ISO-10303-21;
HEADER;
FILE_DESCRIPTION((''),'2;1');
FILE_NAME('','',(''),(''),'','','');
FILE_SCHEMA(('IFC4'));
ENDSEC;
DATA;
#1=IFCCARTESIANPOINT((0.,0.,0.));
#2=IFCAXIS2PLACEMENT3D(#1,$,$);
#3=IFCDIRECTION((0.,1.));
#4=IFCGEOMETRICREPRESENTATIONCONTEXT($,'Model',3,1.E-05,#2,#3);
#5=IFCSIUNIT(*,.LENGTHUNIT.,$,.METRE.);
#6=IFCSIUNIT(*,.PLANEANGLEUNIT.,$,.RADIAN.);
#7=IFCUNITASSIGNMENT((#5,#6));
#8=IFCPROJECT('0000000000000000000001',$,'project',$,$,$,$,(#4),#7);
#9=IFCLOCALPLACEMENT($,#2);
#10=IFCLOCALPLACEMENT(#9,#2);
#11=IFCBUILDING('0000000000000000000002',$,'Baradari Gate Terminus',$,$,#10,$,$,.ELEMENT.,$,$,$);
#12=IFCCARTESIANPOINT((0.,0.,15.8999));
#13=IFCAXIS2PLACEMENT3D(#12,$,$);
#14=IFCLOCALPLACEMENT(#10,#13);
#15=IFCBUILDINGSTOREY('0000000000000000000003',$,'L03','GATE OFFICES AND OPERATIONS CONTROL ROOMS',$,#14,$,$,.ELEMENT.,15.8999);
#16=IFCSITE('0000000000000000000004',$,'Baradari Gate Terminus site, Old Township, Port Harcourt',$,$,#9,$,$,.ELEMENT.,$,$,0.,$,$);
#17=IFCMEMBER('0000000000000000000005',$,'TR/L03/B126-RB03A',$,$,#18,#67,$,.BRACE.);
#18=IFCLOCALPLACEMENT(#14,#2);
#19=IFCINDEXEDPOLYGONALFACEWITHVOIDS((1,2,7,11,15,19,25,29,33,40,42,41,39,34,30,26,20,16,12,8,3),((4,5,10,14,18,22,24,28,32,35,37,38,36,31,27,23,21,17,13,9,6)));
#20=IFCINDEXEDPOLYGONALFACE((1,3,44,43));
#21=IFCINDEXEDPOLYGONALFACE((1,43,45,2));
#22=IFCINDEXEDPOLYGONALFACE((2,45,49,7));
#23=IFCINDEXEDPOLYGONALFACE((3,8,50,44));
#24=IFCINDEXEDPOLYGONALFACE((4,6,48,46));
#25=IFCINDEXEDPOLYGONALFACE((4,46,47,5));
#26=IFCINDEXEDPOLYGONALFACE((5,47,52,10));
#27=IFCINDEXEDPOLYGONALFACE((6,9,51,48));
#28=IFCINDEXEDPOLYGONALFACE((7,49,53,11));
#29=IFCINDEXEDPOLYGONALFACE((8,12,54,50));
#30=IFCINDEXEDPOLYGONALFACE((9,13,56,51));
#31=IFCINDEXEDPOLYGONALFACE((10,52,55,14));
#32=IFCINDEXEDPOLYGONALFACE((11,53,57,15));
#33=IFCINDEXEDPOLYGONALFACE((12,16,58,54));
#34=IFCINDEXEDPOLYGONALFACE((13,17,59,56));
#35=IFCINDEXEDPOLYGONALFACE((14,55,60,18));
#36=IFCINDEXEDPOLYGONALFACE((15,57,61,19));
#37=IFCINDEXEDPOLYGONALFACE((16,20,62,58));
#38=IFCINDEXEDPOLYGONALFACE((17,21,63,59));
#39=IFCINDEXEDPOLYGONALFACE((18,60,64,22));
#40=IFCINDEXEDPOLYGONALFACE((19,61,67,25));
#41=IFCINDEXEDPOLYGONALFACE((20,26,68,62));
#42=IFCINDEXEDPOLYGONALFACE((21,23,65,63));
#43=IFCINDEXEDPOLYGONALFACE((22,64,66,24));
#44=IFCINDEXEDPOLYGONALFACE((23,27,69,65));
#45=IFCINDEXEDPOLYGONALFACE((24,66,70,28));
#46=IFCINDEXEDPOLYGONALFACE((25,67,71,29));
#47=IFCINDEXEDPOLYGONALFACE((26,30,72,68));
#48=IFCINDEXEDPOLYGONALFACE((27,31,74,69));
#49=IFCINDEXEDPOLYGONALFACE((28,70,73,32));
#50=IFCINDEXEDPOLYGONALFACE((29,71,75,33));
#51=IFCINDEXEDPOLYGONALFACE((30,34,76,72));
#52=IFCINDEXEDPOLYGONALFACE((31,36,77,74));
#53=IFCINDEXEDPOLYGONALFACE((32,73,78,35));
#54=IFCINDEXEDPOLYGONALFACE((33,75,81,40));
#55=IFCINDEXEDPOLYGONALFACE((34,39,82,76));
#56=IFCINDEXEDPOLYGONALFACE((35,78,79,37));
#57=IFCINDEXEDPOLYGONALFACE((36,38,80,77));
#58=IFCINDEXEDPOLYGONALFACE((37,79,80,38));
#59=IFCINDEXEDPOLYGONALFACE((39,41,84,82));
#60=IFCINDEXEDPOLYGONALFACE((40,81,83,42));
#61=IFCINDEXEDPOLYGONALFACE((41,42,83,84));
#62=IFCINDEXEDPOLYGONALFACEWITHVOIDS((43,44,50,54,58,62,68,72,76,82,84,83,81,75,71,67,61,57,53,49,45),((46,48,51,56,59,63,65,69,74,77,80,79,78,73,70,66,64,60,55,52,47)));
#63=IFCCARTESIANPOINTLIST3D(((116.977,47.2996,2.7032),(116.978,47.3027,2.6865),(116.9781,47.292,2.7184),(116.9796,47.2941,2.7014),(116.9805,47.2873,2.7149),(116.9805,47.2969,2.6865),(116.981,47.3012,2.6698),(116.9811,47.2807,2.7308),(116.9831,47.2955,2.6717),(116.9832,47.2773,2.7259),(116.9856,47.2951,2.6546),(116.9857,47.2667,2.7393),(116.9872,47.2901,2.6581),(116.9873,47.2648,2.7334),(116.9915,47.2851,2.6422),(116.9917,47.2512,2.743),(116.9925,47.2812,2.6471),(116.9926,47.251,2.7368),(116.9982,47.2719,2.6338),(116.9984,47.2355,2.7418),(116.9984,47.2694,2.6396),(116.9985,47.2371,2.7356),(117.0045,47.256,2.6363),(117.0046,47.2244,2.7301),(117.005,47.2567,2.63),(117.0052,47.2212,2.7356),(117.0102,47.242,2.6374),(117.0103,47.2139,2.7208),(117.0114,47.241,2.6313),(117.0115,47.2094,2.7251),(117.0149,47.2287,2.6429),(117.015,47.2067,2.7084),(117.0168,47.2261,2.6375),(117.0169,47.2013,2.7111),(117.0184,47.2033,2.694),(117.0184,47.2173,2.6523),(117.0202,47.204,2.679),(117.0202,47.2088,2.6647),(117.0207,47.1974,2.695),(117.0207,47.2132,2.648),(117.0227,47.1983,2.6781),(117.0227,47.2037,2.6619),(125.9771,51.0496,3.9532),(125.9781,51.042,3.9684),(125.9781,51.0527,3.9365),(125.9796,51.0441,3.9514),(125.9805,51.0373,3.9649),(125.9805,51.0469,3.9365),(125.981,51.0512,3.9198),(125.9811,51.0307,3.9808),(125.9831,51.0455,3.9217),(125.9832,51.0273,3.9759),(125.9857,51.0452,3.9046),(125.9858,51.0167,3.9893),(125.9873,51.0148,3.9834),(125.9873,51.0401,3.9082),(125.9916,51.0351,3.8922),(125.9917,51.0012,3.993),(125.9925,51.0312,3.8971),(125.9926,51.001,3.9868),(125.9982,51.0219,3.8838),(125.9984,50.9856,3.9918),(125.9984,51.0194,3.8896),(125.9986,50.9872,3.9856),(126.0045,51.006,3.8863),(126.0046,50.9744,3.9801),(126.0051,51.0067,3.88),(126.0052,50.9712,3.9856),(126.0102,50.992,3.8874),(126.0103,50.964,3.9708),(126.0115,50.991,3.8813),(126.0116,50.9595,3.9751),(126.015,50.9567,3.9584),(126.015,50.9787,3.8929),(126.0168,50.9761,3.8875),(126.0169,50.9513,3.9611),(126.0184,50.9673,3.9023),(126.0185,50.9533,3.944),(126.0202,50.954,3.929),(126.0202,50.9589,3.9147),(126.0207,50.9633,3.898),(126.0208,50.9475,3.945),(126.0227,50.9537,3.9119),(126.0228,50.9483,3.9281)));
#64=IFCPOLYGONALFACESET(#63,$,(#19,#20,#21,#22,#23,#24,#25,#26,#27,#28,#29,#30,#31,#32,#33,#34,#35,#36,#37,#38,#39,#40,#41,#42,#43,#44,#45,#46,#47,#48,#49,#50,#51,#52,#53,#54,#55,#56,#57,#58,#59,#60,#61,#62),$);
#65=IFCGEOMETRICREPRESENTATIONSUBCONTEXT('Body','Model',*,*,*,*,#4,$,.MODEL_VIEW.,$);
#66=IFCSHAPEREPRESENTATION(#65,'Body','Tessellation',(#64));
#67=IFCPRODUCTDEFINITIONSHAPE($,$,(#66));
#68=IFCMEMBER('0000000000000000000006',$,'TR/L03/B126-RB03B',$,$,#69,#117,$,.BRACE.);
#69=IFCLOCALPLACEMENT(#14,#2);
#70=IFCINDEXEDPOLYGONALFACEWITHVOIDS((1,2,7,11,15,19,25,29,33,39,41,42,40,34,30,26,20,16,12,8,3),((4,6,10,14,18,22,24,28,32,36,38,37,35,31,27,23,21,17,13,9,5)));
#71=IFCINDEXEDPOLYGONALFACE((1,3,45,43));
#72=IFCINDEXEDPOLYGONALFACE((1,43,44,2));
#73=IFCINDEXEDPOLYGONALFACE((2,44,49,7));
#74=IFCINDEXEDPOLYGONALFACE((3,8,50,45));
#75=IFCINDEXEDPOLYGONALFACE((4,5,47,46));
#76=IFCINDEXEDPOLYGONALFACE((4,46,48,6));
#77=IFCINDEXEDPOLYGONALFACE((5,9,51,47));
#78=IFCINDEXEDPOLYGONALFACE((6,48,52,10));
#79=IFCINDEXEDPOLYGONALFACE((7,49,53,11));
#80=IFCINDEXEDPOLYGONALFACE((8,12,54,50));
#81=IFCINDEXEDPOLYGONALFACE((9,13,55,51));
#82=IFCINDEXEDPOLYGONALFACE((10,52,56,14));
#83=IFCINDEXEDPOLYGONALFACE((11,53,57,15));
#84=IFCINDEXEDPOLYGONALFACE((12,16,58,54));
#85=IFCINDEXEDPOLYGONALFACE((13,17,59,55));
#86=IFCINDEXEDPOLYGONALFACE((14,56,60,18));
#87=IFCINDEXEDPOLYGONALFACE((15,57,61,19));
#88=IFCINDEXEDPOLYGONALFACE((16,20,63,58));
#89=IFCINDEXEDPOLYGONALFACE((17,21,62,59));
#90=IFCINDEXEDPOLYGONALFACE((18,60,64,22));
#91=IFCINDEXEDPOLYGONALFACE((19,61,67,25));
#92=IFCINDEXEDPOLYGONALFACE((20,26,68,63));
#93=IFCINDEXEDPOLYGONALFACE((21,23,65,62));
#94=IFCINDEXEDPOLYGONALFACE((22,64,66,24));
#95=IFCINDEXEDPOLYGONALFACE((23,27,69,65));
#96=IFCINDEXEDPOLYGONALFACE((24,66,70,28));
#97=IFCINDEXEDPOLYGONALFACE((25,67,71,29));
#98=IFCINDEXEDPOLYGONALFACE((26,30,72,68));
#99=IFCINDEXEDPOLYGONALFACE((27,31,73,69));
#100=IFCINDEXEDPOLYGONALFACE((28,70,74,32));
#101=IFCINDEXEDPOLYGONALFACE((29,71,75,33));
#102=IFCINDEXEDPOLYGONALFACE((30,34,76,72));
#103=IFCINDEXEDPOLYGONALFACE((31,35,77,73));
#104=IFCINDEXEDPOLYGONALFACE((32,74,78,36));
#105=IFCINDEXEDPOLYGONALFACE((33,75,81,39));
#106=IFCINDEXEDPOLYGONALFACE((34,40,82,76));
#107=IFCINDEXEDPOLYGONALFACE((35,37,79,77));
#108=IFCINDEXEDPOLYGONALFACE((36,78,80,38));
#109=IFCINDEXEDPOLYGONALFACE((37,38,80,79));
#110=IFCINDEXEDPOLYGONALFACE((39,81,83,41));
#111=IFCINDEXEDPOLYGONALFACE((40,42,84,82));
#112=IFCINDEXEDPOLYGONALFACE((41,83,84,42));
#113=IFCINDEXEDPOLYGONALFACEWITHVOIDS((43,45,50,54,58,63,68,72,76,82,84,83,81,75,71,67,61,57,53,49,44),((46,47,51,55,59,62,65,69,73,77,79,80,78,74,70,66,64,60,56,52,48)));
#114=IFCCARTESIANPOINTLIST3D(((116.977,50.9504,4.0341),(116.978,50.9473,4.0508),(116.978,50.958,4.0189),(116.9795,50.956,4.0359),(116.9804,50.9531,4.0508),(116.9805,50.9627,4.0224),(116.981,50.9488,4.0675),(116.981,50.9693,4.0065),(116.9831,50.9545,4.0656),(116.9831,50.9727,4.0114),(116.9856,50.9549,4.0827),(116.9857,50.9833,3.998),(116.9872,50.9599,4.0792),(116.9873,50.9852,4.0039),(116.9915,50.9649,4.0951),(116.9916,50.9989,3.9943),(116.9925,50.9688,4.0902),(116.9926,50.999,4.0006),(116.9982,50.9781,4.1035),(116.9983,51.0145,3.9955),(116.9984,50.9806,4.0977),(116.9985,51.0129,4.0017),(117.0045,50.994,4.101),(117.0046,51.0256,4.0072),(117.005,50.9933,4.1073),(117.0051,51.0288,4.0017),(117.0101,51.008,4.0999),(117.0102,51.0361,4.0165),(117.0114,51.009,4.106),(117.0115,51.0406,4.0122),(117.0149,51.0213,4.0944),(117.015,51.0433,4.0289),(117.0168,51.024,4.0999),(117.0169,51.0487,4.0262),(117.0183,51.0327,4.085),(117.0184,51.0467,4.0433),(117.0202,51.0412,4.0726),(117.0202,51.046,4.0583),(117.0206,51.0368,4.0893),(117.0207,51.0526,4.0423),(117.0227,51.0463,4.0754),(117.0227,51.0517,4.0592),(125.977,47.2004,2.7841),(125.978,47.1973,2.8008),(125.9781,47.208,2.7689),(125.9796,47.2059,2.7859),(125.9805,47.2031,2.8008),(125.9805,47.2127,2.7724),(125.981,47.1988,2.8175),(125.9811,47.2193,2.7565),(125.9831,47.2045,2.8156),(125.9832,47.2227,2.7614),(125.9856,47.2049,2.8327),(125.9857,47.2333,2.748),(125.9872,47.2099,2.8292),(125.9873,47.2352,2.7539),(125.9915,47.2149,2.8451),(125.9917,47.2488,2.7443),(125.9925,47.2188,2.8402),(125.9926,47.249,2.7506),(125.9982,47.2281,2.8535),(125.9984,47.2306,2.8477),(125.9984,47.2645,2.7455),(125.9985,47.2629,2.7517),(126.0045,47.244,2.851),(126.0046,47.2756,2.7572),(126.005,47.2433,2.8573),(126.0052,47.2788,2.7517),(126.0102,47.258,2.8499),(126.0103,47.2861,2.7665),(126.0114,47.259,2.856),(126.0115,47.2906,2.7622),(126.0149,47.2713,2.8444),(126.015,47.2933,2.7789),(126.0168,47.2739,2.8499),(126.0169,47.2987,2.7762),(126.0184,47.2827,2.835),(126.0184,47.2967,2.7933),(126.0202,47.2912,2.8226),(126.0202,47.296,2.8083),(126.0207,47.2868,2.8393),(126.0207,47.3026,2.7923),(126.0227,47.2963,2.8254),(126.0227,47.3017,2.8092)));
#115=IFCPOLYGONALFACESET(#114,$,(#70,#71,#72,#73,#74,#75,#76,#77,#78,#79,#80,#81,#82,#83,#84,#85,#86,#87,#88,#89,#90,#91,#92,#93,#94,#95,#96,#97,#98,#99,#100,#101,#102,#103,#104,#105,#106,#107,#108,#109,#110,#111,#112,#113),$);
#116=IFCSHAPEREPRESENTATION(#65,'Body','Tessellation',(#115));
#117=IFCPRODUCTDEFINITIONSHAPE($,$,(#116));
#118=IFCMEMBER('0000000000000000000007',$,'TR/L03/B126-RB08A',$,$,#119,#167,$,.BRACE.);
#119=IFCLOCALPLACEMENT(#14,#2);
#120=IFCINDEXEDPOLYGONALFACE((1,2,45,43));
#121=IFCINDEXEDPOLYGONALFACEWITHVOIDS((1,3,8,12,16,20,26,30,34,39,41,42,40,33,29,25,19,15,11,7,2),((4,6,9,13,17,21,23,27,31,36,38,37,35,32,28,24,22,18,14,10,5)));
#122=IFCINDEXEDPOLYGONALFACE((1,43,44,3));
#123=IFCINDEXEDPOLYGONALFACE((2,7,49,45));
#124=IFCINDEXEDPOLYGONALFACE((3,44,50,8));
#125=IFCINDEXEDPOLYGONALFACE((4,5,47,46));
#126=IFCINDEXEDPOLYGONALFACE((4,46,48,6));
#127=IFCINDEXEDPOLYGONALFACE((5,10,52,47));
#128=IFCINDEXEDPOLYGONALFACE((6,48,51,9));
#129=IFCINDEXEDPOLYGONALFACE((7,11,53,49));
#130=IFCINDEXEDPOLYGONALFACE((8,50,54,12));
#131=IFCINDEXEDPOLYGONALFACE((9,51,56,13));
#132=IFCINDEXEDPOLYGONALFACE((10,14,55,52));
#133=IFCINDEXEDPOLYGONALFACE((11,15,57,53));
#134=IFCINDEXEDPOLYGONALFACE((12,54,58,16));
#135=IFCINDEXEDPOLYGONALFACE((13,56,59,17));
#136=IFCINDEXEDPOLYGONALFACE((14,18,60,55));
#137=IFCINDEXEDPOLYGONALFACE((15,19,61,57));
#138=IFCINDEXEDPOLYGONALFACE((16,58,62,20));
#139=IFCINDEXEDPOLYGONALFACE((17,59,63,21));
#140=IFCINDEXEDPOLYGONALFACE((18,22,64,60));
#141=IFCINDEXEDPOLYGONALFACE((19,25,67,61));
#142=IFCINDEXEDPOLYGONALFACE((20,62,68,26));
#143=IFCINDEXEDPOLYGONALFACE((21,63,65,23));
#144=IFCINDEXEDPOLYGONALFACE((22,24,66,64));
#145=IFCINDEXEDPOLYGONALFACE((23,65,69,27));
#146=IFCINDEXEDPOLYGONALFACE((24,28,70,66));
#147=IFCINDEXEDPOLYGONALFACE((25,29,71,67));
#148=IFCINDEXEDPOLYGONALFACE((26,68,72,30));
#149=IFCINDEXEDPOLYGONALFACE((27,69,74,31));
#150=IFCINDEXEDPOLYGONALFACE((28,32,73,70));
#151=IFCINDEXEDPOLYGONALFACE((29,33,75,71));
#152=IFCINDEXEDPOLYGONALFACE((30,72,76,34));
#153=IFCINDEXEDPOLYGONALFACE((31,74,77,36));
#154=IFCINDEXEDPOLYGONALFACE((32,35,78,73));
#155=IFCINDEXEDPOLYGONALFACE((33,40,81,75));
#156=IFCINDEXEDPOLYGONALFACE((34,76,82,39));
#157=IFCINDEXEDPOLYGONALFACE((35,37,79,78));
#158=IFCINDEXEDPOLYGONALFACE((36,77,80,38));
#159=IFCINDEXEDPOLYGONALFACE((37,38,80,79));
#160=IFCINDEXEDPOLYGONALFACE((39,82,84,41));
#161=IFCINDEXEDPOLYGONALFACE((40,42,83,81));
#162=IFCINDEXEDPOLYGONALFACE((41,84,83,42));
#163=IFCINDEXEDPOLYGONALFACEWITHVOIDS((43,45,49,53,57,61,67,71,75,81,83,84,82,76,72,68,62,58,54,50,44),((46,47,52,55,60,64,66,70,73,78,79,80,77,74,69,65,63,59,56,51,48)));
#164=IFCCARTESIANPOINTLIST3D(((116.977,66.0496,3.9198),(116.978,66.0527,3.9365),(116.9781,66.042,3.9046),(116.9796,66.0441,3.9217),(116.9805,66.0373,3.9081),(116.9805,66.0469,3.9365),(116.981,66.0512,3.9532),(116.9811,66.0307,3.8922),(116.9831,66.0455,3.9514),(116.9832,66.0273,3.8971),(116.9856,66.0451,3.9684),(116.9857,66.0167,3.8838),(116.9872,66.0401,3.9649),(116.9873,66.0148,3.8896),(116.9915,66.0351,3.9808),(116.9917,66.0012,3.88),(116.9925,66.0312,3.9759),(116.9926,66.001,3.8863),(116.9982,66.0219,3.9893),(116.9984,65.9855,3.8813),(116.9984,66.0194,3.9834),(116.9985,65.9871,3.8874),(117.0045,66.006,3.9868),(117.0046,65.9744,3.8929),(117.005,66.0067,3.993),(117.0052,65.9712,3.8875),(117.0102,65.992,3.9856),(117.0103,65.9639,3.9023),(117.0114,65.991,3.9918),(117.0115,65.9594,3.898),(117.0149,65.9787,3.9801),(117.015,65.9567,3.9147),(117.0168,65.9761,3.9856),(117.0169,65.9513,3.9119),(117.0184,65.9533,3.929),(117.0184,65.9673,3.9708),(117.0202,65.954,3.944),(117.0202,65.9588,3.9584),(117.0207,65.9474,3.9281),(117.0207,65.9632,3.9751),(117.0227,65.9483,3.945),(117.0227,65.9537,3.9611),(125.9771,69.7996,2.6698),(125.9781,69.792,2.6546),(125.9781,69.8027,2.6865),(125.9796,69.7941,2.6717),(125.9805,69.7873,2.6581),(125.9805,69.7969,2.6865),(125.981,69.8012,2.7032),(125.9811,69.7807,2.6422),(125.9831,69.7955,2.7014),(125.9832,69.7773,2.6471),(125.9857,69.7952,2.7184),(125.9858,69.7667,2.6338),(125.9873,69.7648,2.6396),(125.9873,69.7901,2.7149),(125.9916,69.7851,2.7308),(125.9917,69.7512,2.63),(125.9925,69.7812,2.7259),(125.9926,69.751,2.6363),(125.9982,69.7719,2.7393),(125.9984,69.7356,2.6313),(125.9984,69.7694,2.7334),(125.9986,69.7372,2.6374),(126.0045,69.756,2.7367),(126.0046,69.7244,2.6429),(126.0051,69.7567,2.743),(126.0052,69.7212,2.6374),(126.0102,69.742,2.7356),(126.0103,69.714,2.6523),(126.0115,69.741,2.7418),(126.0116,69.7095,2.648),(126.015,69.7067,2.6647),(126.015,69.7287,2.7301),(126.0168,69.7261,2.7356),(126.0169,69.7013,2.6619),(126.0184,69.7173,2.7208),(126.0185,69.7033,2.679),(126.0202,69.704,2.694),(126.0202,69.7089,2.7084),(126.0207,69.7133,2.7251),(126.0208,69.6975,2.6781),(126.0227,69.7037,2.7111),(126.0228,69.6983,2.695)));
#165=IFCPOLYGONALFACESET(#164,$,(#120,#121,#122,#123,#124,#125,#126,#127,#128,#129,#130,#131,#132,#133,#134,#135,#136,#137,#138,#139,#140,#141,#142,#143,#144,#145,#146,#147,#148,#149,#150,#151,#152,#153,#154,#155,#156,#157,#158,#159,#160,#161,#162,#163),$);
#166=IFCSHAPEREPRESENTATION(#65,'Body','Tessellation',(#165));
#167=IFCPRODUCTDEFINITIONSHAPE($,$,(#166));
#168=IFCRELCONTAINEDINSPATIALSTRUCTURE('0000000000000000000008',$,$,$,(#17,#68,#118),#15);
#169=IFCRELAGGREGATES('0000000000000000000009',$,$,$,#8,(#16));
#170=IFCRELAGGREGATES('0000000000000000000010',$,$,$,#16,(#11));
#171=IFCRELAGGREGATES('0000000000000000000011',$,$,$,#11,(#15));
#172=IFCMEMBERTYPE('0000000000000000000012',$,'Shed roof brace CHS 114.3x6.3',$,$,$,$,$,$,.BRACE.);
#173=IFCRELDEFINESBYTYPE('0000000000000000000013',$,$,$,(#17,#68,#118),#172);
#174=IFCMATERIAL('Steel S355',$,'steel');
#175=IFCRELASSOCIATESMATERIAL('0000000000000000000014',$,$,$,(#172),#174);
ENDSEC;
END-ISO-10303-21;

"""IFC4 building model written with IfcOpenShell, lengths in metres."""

from ifc_helpers import new_model, si_unit, direction, frame, origin, origin_2d, place, context, subcontext, project, spatial, hollow_circle, extrude, material, material_profile, profile_set, type_object, element, save


model = new_model("IFC4")

# Units and contexts
model_context = context("Model", 3, precision=1e-05, world=origin(), true_north=direction((0.0, 1.0)))
body_context = subcontext(model_context, "Body", "Model", "MODEL_VIEW")
ifc_project = project(units=[si_unit("LENGTHUNIT", "METRE"), si_unit("PLANEANGLEUNIT", "RADIAN")], contexts=[model_context])

# Site, building, storey
site_placement = place(None, origin())
site = spatial("IfcSite", under=ifc_project, at=site_placement, Name="Baradari Gate Terminus site, Old Township, Port Harcourt", CompositionType="ELEMENT", RefElevation=0.0)
building_placement = place(site_placement, origin())
building = spatial("IfcBuilding", under=site, at=building_placement, Name="Baradari Gate Terminus", CompositionType="ELEMENT")
storey_placement = place(building_placement, frame((0.0, 0.0, 15.8999)))
storey = spatial("IfcBuildingStorey", under=building, at=storey_placement, Name="L03", Description="GATE OFFICES AND OPERATIONS CONTROL ROOMS", CompositionType="ELEMENT", Elevation=15.8999)

# Members
ifc_material_1 = material(Name="Steel S355", Category="steel")
ifc_material_profile_1 = material_profile(ifc_material_1, hollow_circle(Radius=0.0571, WallThickness=0.0063, at=origin_2d()), Name="CHS 114.3x6.3")
ifc_profile_set_1 = profile_set([ifc_material_profile_1], Name="Steel S355")
member_type_1 = type_object("IfcMemberType", Name="Shed roof brace CHS 114.3x6.3", PredefinedType="BRACE", material=ifc_profile_set_1)
for number, where, z_axis, x_axis, name in (
    (1, (117.0, 47.25, 2.6865), (0.915583, 0.381493, 0.127164), (-0.384615, 0.923077, 0.0), "TR/L03/B126-RB03A"),
    (2, (126.0, 47.25, 2.8008), (-0.915583, 0.381493, 0.127164), (-0.384615, -0.923077, 0.0), "TR/L03/B126-RB03B"),
    (3, (117.0, 66.0, 3.9365), (0.915583, 0.381493, -0.127164), (-0.384615, 0.923077, 0.0), "TR/L03/B126-RB08A"),
):
    element("IfcMember", number, at=place(storey_placement, frame(where, z_axis=z_axis, x_axis=x_axis)), inside=storey, type_object=member_type_1, Name=name, PredefinedType="BRACE", context=body_context, shape_type="SweptSolid", body=[
        extrude(hollow_circle(Radius=0.0571, WallThickness=0.0063, at=origin_2d()), origin(), (0.0, 0.0, 1.0), 9.8298),
    ])

save(model, "model.ifc")
